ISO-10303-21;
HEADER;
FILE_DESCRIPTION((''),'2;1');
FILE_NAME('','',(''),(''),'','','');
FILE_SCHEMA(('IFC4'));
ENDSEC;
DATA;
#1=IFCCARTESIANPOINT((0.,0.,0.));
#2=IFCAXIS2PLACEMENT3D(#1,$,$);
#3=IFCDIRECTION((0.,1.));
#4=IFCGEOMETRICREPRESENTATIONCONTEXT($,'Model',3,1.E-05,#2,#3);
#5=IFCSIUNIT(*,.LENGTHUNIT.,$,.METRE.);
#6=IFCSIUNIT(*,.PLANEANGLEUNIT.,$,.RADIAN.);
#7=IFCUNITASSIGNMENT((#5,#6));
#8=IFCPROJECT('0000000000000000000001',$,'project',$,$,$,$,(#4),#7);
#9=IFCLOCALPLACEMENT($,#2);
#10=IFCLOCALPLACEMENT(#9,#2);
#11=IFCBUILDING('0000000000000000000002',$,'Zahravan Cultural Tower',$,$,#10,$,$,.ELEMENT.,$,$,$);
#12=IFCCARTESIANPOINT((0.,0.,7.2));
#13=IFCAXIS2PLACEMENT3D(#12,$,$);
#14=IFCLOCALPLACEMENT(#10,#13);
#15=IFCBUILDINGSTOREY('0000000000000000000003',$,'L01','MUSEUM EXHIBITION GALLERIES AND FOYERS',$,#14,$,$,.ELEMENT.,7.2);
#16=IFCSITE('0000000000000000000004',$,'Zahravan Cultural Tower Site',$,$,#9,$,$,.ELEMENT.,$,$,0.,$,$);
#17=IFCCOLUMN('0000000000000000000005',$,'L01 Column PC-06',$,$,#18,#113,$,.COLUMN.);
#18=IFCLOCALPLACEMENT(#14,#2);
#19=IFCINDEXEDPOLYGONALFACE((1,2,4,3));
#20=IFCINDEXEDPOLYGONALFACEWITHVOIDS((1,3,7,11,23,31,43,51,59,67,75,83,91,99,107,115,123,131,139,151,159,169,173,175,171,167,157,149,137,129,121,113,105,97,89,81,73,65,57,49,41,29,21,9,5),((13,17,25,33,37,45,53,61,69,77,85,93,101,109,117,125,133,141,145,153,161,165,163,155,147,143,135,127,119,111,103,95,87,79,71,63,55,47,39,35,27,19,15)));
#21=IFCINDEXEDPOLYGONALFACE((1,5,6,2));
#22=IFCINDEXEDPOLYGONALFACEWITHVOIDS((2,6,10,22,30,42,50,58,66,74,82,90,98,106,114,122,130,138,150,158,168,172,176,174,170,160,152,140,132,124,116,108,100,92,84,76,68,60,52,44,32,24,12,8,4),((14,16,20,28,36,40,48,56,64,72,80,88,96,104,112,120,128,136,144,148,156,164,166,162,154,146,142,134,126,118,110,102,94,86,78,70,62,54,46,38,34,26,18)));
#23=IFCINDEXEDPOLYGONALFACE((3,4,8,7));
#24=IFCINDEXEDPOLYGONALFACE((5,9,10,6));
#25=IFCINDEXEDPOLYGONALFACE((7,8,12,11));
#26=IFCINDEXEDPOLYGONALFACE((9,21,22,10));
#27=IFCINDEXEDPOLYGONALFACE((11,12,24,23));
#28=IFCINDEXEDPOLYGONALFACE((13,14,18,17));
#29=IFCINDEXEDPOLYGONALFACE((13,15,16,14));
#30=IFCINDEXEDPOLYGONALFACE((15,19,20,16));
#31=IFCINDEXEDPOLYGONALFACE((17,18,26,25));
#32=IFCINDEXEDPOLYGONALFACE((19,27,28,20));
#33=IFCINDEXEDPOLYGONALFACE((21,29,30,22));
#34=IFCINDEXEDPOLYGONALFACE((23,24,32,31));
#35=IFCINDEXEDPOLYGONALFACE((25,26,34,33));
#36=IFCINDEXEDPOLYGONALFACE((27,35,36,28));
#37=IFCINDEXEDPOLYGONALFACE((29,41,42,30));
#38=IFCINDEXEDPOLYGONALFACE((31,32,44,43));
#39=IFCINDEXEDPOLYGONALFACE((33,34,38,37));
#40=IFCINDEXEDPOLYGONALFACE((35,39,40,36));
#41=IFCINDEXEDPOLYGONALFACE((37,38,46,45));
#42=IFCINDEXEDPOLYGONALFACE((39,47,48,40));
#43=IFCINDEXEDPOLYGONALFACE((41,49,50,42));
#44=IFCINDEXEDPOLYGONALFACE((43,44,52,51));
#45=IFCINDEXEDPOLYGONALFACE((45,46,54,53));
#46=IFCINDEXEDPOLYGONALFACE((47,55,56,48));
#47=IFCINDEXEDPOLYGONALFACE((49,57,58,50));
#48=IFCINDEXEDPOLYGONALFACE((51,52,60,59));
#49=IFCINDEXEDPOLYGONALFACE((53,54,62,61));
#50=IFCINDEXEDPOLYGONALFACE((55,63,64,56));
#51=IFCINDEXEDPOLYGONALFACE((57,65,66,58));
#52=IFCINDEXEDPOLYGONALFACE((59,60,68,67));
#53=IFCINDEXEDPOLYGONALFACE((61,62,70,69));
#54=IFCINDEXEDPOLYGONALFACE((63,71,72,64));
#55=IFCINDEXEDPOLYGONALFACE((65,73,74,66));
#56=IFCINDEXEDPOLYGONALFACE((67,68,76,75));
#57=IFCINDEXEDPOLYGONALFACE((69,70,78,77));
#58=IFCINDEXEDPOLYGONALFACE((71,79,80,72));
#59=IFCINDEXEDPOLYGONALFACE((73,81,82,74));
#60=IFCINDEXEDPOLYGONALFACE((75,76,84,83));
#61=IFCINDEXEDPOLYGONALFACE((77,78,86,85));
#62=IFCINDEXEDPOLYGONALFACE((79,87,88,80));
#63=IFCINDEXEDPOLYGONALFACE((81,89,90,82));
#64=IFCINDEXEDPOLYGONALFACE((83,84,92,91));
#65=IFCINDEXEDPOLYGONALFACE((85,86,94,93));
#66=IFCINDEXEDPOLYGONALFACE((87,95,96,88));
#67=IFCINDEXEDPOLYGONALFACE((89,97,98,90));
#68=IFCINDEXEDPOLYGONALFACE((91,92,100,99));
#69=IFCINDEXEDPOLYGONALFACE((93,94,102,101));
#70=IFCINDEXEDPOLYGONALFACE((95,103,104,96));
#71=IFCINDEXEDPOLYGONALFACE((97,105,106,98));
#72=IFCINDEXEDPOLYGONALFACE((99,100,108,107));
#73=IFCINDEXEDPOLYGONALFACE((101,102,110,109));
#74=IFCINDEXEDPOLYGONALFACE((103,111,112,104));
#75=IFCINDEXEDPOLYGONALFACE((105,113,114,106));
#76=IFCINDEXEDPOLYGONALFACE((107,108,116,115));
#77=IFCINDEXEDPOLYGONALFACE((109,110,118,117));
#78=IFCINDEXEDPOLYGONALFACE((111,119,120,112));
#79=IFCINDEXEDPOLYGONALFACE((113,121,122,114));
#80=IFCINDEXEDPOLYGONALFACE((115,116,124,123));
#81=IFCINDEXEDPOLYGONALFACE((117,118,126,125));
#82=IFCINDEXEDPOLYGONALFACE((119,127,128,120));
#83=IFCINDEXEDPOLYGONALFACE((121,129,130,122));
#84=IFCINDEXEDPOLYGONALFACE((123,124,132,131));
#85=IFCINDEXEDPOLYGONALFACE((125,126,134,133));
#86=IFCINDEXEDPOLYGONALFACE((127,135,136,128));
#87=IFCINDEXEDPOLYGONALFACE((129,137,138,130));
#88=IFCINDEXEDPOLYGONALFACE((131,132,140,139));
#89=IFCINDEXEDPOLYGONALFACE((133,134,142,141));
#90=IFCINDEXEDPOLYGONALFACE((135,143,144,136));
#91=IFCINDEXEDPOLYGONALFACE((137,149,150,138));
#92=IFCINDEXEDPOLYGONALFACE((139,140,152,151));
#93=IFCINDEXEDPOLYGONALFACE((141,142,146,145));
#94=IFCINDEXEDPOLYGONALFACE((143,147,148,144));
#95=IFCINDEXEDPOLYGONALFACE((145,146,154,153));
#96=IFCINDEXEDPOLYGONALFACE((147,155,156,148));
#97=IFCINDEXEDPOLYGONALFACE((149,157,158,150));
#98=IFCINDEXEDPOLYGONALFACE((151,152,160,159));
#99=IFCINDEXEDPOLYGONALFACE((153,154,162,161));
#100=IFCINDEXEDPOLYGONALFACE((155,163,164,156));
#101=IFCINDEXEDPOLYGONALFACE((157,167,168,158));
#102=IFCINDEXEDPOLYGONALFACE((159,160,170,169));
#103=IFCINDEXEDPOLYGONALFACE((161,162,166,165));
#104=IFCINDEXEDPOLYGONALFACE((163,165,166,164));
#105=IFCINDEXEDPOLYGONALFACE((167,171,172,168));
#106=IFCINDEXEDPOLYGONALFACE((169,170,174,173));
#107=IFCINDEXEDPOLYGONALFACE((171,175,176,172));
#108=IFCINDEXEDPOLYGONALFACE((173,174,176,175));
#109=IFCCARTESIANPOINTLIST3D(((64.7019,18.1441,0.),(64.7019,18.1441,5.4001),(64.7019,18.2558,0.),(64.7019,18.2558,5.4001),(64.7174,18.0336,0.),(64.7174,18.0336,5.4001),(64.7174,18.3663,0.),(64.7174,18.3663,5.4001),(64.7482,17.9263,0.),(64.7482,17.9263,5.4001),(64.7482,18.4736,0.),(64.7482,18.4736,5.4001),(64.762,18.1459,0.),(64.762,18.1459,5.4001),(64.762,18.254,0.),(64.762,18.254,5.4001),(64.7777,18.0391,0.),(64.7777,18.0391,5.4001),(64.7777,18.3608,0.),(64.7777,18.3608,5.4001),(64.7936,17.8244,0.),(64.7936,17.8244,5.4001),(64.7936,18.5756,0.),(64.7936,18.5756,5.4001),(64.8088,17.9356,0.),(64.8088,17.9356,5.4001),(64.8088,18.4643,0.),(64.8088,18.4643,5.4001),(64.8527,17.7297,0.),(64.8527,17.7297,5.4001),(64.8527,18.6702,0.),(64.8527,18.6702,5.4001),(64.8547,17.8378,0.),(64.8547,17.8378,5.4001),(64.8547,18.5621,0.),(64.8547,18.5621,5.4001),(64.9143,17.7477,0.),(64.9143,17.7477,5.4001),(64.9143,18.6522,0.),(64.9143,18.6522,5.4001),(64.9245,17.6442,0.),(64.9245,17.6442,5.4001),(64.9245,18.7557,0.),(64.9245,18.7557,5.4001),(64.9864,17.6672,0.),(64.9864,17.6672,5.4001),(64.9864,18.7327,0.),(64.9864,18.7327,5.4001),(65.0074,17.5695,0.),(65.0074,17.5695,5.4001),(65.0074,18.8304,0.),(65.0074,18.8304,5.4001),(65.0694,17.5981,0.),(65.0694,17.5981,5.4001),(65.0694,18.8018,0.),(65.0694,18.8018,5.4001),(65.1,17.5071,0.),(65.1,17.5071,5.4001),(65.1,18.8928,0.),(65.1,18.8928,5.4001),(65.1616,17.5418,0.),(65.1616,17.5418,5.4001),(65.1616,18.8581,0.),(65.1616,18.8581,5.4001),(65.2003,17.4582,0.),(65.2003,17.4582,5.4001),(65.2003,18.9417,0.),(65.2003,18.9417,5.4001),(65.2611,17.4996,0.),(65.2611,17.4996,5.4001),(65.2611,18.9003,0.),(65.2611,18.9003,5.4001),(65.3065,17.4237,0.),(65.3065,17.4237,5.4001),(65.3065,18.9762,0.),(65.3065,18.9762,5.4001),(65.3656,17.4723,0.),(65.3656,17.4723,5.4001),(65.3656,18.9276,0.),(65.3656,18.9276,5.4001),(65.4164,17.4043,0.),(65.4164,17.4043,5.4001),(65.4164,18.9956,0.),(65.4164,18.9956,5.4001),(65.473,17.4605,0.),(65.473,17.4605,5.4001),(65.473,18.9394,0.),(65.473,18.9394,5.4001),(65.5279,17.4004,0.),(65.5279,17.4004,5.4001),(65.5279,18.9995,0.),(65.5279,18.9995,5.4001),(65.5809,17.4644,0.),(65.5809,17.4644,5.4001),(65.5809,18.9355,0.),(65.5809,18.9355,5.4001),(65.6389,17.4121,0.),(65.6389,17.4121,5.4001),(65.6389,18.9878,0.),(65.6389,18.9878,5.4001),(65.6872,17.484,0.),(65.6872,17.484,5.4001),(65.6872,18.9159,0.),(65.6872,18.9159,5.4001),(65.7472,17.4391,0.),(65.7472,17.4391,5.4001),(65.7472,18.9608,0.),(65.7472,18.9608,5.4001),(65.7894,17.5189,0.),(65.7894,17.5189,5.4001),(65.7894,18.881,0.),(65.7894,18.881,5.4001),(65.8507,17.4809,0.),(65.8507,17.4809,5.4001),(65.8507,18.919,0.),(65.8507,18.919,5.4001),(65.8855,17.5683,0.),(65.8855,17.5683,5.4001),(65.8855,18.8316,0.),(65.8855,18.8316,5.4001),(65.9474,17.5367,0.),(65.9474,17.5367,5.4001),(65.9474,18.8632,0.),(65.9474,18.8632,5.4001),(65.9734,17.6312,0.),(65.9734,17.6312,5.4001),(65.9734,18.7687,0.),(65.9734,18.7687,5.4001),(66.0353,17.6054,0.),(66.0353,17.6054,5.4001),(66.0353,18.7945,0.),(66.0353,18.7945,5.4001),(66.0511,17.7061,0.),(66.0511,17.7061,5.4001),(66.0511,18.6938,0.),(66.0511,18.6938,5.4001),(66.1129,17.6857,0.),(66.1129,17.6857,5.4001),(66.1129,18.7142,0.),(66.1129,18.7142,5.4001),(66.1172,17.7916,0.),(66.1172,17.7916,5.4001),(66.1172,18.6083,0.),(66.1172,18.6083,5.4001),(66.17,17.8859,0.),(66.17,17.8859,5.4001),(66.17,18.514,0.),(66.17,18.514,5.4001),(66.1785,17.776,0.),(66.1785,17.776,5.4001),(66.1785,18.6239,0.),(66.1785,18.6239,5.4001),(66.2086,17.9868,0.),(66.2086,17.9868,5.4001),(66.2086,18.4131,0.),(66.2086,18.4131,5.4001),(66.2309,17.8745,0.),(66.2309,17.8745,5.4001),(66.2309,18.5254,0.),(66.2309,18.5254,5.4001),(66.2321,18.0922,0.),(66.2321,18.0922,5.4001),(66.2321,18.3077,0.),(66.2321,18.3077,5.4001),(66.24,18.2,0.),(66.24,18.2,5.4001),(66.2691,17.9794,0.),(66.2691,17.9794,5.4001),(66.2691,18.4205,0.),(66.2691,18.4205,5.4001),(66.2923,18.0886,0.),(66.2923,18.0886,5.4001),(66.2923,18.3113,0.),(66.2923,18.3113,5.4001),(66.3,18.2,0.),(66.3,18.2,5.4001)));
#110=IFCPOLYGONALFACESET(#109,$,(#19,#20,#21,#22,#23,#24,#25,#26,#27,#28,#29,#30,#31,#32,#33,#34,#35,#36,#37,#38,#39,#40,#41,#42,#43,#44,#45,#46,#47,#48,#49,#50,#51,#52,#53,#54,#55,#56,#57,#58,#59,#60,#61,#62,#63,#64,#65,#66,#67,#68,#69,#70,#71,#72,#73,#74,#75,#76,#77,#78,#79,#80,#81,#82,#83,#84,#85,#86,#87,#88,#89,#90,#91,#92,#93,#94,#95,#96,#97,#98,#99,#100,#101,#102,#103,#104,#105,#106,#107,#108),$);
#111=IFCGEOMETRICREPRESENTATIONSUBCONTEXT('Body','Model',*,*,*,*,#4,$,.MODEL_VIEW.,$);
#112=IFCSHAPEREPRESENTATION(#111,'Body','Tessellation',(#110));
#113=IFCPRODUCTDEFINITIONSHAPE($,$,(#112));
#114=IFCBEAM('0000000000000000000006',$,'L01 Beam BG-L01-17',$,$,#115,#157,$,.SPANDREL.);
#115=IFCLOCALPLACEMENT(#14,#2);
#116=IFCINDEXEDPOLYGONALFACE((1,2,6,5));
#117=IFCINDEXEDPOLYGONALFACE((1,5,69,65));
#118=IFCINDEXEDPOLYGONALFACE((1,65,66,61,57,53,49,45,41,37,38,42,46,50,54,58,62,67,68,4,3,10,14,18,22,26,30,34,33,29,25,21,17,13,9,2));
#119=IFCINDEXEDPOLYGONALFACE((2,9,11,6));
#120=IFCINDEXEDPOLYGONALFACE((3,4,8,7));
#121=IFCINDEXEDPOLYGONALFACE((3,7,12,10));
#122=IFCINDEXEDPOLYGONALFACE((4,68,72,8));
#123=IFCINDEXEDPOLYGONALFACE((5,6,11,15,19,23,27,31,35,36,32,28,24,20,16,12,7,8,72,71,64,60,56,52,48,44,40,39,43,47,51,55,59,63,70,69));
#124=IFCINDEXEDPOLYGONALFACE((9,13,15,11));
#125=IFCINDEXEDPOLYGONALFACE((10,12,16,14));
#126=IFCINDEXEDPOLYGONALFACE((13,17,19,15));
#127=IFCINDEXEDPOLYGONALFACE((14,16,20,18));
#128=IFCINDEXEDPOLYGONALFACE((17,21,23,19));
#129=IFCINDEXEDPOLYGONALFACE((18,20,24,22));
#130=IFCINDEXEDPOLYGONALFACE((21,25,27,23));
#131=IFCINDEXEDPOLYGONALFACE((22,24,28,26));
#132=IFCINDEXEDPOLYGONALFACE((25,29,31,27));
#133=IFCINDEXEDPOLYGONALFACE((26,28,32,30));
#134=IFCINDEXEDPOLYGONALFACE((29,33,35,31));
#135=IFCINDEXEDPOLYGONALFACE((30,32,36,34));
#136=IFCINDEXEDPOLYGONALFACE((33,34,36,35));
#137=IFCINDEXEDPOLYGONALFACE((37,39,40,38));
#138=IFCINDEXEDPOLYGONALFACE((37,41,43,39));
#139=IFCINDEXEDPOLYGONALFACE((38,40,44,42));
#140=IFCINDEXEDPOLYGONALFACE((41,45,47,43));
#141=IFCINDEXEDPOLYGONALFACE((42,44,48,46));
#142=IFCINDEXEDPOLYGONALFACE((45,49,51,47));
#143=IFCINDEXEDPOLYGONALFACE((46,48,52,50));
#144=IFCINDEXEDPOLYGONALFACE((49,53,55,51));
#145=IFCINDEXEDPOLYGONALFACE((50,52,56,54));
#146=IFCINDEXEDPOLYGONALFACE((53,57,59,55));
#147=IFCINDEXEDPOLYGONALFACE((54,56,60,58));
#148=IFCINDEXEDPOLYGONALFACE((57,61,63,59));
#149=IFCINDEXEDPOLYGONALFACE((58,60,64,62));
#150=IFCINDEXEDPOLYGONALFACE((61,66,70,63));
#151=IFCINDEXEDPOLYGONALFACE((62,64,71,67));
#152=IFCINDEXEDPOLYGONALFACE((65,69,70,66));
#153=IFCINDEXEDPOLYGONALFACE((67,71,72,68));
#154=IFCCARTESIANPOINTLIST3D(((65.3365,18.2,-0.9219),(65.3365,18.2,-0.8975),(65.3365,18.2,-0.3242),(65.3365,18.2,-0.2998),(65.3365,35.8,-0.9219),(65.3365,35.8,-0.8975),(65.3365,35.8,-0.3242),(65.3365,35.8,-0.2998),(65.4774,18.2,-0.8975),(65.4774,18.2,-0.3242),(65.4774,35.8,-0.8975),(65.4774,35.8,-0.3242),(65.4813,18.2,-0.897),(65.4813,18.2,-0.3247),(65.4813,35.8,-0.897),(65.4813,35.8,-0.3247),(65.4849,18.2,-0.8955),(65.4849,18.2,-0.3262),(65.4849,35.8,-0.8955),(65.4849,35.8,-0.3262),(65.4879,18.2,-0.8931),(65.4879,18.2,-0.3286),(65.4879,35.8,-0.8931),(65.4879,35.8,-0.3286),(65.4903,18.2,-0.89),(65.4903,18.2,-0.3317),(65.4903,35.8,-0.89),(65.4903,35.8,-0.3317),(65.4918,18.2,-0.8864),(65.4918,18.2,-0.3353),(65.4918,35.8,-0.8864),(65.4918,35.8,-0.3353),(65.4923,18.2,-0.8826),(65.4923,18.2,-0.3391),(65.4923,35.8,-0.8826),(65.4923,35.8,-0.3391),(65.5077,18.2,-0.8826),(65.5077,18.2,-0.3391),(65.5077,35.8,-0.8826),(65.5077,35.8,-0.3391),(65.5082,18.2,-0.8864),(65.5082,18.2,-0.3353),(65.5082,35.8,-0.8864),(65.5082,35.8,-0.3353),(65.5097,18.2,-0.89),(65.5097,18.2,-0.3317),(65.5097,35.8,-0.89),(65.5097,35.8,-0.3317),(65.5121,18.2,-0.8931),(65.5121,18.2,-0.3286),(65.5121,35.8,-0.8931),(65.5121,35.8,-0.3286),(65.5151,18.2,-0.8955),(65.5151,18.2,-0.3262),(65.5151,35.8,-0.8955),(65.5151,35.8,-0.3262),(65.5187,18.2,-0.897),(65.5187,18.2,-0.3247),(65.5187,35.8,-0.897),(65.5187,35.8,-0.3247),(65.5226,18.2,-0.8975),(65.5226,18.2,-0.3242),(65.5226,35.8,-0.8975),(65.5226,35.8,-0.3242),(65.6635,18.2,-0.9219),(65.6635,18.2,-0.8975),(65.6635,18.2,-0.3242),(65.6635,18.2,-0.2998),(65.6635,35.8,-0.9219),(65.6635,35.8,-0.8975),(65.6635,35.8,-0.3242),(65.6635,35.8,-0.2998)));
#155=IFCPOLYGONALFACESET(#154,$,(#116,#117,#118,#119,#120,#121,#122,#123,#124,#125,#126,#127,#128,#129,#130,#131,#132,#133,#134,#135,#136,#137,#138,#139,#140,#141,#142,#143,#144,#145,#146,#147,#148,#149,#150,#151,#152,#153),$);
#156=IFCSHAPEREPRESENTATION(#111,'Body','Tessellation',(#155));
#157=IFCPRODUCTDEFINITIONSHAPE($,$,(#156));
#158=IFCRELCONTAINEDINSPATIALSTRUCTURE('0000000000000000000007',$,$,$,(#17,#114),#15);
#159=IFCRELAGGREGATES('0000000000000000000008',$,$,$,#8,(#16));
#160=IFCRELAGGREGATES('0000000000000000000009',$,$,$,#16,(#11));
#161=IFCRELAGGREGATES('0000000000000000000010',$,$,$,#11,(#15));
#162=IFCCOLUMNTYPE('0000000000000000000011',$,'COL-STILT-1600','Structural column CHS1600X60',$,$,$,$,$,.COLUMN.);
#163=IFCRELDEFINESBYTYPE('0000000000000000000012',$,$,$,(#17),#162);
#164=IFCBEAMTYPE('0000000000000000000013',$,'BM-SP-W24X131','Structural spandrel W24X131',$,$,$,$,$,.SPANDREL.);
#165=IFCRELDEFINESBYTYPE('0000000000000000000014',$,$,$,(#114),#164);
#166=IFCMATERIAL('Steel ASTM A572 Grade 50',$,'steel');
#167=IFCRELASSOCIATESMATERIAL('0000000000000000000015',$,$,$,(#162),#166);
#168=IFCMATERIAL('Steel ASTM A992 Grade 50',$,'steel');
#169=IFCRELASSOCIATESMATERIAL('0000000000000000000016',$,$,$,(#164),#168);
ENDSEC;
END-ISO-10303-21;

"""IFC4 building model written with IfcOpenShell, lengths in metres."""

from ifc_helpers import new_model, si_unit, direction, frame, origin, origin_2d, place, context, subcontext, project, spatial, hollow_circle, i_section, extrude, source, transform, mapped, material, material_profile, profile_set, type_object, element, save


model = new_model("IFC4")

# Units and contexts
model_context = context("Model", 3, precision=1e-05, world=origin(), true_north=direction((0.0, 1.0)))
body_context = subcontext(model_context, "Body", "Model", "MODEL_VIEW")
ifc_project = project(units=[si_unit("LENGTHUNIT", "METRE"), si_unit("PLANEANGLEUNIT", "RADIAN")], contexts=[model_context])

# Site, building, storey
site_placement = place(None, origin())
site = spatial("IfcSite", under=ifc_project, at=site_placement, Name="Zahravan Cultural Tower Site", CompositionType="ELEMENT", RefElevation=0.0)
building_placement = place(site_placement, origin())
building = spatial("IfcBuilding", under=site, at=building_placement, Name="Zahravan Cultural Tower", CompositionType="ELEMENT")
storey_placement = place(building_placement, frame((0.0, 0.0, 7.2)))
storey = spatial("IfcBuildingStorey", under=building, at=storey_placement, Name="L01", Description="MUSEUM EXHIBITION GALLERIES AND FOYERS", CompositionType="ELEMENT", Elevation=7.2)

# Column
ifc_material_1 = material(Name="Steel ASTM A572 Grade 50", Category="steel")
ifc_material_profile_1 = material_profile(ifc_material_1, hollow_circle(Radius=0.8, WallThickness=0.0601, at=origin_2d()), Name="CHS1600X60")
ifc_profile_set_1 = profile_set([ifc_material_profile_1], Name="Steel ASTM A572 Grade 50")
column_type = type_object("IfcColumnType", Name="COL-STILT-1600", Description="Structural column CHS1600X60", PredefinedType="COLUMN", material=ifc_profile_set_1)
shared_shape_1 = source(origin(), body_context, "Body", "SweptSolid", [
    extrude(hollow_circle(Radius=0.8, WallThickness=0.0601, at=origin_2d()), origin(), (0.0, 0.0, 1.0), 5.4001),
])
column_placement = place(storey_placement, frame((65.5, 18.2, 0.0), z_axis=(0.0, 0.0, 1.0), x_axis=(1.0, 0.0, 0.0)))
element("IfcColumn", 1, at=column_placement, inside=storey, type_object=column_type, Name="L01 Column PC-06", PredefinedType="COLUMN", context=body_context, shape_type="MappedRepresentation", body=[
    mapped(shared_shape_1, transform((0.0, 0.0, 0.0), x_axis=(1.0, 0.0, 0.0), y_axis=(0.0, 1.0, 0.0), z_axis=(0.0, 0.0, 1.0), scale=1.0)),
])

# Beam
ifc_material_2 = material(Name="Steel ASTM A992 Grade 50", Category="steel")
ifc_material_profile_2 = material_profile(ifc_material_2, i_section(OverallWidth=0.3269, OverallDepth=0.6221, WebThickness=0.0154, FlangeThickness=0.0244, FilletRadius=0.0149, at=origin_2d()), Name="W24X131")
ifc_profile_set_2 = profile_set([ifc_material_profile_2], Name="Steel ASTM A992 Grade 50")
beam_type_1 = type_object("IfcBeamType", Name="BM-SP-W24X131", Description="Structural spandrel W24X131", PredefinedType="SPANDREL", material=ifc_profile_set_2)
shared_shape_2 = source(origin(), body_context, "Body", "SweptSolid", [
    extrude(i_section(OverallWidth=0.3269, OverallDepth=0.6221, WebThickness=0.0154, FlangeThickness=0.0244, FilletRadius=0.0149, at=origin_2d()), origin(), (0.0, 0.0, 1.0), 17.6001),
])
beam_1_placement = place(storey_placement, frame((65.5, 18.2, -0.6108), z_axis=(0.0, 1.0, 0.0), x_axis=(-1.0, 0.0, 0.0)))
element("IfcBeam", 2, at=beam_1_placement, inside=storey, type_object=beam_type_1, Name="L01 Beam BG-L01-17", PredefinedType="SPANDREL", context=body_context, shape_type="MappedRepresentation", body=[
    mapped(shared_shape_2, transform((0.0, 0.0, 0.0), x_axis=(1.0, 0.0, 0.0), y_axis=(0.0, 1.0, 0.0), z_axis=(0.0, 0.0, 1.0), scale=1.0)),
])

save(model, "model.ifc")
